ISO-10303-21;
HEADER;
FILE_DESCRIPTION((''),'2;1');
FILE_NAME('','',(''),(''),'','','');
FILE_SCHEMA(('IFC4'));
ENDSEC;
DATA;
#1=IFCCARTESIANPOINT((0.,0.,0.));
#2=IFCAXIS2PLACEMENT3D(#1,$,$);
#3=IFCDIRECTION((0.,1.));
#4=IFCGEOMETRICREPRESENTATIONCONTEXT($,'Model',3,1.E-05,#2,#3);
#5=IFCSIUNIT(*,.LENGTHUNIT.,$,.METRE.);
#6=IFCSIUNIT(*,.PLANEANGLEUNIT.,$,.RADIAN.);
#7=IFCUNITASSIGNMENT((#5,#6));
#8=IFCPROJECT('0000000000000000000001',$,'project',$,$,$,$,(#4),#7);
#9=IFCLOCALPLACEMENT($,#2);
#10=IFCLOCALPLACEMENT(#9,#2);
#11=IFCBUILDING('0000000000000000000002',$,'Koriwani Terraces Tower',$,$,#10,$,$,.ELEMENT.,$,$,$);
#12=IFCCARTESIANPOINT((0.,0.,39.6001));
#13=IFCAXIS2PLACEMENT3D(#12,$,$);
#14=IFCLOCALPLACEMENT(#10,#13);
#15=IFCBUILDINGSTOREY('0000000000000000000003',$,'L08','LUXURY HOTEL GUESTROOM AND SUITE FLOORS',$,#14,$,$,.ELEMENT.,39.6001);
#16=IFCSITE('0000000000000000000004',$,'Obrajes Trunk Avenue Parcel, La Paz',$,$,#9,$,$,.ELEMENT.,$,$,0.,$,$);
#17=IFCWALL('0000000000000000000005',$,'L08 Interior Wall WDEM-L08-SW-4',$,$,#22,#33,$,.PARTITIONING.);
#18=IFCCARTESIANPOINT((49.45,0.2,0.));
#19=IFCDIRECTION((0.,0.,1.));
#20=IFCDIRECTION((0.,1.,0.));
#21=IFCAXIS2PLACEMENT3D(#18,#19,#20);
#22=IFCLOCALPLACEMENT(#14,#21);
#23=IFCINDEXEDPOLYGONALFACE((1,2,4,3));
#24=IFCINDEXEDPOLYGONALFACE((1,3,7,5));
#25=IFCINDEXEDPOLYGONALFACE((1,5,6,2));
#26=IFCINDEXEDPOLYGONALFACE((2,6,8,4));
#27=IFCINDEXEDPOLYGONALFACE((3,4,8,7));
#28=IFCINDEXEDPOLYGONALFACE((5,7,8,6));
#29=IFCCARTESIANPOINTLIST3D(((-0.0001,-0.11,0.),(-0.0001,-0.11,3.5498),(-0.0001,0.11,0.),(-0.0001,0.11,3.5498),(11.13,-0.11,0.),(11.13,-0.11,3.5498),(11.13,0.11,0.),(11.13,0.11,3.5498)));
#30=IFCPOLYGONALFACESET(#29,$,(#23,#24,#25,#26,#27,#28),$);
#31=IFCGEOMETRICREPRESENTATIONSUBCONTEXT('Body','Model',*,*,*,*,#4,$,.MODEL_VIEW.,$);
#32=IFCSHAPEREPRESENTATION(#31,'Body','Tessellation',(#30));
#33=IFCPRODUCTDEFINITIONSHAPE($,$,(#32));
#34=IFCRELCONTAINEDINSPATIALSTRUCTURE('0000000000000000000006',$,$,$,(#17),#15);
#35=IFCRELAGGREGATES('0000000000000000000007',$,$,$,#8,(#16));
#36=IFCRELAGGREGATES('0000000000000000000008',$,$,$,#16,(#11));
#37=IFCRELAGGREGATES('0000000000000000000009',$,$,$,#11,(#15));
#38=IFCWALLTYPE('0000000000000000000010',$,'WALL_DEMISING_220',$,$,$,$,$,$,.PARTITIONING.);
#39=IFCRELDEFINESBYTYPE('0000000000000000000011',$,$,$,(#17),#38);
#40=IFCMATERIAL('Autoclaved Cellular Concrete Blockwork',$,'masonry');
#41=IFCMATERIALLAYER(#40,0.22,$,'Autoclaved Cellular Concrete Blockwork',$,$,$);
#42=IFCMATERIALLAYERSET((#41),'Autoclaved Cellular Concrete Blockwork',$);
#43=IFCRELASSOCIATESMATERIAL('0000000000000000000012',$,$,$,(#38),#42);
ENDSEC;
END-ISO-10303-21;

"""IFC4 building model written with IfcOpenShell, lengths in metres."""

from ifc_helpers import new_model, si_unit, direction, frame, frame_2d, origin, place, context, subcontext, project, spatial, rectangle, extrude, material, layer, layer_set, type_object, element, save


model = new_model("IFC4")

# Units and contexts
model_context = context("Model", 3, precision=1e-05, world=origin(), true_north=direction((0.0, 1.0)))
body_context = subcontext(model_context, "Body", "Model", "MODEL_VIEW")
ifc_project = project(units=[si_unit("LENGTHUNIT", "METRE"), si_unit("PLANEANGLEUNIT", "RADIAN")], contexts=[model_context])

# Site, building, storey
site_placement = place(None, origin())
site = spatial("IfcSite", under=ifc_project, at=site_placement, Name="Obrajes Trunk Avenue Parcel, La Paz", CompositionType="ELEMENT", RefElevation=0.0)
building_placement = place(site_placement, origin())
building = spatial("IfcBuilding", under=site, at=building_placement, Name="Koriwani Terraces Tower", CompositionType="ELEMENT")
storey_placement = place(building_placement, frame((0.0, 0.0, 39.6001)))
storey = spatial("IfcBuildingStorey", under=building, at=storey_placement, Name="L08", Description="LUXURY HOTEL GUESTROOM AND SUITE FLOORS", CompositionType="ELEMENT", Elevation=39.6001)

# Wall
ifc_material_1 = material(Name="Autoclaved Cellular Concrete Blockwork", Category="masonry")
ifc_layer_1 = layer(ifc_material_1, 0.22, Name="Autoclaved Cellular Concrete Blockwork")
ifc_layer_set_1 = layer_set([ifc_layer_1], Name="Autoclaved Cellular Concrete Blockwork")
wall_type_1 = type_object("IfcWallType", Name="WALL_DEMISING_220", PredefinedType="PARTITIONING", material=ifc_layer_set_1)
wall_1_placement = place(storey_placement, frame((49.45, 0.2, 0.0), z_axis=(0.0, 0.0, 1.0), x_axis=(0.0, 1.0, 0.0)))
element("IfcWall", 1, at=wall_1_placement, inside=storey, type_object=wall_type_1, Name="L08 Interior Wall WDEM-L08-SW-4", PredefinedType="PARTITIONING", context=body_context, shape_type="SweptSolid", body=[
    extrude(rectangle(XDim=11.1301, YDim=0.22, at=frame_2d((5.5649, 0.0))), origin(), (0.0, 0.0, 1.0), 3.5498),
])

save(model, "model.ifc")
